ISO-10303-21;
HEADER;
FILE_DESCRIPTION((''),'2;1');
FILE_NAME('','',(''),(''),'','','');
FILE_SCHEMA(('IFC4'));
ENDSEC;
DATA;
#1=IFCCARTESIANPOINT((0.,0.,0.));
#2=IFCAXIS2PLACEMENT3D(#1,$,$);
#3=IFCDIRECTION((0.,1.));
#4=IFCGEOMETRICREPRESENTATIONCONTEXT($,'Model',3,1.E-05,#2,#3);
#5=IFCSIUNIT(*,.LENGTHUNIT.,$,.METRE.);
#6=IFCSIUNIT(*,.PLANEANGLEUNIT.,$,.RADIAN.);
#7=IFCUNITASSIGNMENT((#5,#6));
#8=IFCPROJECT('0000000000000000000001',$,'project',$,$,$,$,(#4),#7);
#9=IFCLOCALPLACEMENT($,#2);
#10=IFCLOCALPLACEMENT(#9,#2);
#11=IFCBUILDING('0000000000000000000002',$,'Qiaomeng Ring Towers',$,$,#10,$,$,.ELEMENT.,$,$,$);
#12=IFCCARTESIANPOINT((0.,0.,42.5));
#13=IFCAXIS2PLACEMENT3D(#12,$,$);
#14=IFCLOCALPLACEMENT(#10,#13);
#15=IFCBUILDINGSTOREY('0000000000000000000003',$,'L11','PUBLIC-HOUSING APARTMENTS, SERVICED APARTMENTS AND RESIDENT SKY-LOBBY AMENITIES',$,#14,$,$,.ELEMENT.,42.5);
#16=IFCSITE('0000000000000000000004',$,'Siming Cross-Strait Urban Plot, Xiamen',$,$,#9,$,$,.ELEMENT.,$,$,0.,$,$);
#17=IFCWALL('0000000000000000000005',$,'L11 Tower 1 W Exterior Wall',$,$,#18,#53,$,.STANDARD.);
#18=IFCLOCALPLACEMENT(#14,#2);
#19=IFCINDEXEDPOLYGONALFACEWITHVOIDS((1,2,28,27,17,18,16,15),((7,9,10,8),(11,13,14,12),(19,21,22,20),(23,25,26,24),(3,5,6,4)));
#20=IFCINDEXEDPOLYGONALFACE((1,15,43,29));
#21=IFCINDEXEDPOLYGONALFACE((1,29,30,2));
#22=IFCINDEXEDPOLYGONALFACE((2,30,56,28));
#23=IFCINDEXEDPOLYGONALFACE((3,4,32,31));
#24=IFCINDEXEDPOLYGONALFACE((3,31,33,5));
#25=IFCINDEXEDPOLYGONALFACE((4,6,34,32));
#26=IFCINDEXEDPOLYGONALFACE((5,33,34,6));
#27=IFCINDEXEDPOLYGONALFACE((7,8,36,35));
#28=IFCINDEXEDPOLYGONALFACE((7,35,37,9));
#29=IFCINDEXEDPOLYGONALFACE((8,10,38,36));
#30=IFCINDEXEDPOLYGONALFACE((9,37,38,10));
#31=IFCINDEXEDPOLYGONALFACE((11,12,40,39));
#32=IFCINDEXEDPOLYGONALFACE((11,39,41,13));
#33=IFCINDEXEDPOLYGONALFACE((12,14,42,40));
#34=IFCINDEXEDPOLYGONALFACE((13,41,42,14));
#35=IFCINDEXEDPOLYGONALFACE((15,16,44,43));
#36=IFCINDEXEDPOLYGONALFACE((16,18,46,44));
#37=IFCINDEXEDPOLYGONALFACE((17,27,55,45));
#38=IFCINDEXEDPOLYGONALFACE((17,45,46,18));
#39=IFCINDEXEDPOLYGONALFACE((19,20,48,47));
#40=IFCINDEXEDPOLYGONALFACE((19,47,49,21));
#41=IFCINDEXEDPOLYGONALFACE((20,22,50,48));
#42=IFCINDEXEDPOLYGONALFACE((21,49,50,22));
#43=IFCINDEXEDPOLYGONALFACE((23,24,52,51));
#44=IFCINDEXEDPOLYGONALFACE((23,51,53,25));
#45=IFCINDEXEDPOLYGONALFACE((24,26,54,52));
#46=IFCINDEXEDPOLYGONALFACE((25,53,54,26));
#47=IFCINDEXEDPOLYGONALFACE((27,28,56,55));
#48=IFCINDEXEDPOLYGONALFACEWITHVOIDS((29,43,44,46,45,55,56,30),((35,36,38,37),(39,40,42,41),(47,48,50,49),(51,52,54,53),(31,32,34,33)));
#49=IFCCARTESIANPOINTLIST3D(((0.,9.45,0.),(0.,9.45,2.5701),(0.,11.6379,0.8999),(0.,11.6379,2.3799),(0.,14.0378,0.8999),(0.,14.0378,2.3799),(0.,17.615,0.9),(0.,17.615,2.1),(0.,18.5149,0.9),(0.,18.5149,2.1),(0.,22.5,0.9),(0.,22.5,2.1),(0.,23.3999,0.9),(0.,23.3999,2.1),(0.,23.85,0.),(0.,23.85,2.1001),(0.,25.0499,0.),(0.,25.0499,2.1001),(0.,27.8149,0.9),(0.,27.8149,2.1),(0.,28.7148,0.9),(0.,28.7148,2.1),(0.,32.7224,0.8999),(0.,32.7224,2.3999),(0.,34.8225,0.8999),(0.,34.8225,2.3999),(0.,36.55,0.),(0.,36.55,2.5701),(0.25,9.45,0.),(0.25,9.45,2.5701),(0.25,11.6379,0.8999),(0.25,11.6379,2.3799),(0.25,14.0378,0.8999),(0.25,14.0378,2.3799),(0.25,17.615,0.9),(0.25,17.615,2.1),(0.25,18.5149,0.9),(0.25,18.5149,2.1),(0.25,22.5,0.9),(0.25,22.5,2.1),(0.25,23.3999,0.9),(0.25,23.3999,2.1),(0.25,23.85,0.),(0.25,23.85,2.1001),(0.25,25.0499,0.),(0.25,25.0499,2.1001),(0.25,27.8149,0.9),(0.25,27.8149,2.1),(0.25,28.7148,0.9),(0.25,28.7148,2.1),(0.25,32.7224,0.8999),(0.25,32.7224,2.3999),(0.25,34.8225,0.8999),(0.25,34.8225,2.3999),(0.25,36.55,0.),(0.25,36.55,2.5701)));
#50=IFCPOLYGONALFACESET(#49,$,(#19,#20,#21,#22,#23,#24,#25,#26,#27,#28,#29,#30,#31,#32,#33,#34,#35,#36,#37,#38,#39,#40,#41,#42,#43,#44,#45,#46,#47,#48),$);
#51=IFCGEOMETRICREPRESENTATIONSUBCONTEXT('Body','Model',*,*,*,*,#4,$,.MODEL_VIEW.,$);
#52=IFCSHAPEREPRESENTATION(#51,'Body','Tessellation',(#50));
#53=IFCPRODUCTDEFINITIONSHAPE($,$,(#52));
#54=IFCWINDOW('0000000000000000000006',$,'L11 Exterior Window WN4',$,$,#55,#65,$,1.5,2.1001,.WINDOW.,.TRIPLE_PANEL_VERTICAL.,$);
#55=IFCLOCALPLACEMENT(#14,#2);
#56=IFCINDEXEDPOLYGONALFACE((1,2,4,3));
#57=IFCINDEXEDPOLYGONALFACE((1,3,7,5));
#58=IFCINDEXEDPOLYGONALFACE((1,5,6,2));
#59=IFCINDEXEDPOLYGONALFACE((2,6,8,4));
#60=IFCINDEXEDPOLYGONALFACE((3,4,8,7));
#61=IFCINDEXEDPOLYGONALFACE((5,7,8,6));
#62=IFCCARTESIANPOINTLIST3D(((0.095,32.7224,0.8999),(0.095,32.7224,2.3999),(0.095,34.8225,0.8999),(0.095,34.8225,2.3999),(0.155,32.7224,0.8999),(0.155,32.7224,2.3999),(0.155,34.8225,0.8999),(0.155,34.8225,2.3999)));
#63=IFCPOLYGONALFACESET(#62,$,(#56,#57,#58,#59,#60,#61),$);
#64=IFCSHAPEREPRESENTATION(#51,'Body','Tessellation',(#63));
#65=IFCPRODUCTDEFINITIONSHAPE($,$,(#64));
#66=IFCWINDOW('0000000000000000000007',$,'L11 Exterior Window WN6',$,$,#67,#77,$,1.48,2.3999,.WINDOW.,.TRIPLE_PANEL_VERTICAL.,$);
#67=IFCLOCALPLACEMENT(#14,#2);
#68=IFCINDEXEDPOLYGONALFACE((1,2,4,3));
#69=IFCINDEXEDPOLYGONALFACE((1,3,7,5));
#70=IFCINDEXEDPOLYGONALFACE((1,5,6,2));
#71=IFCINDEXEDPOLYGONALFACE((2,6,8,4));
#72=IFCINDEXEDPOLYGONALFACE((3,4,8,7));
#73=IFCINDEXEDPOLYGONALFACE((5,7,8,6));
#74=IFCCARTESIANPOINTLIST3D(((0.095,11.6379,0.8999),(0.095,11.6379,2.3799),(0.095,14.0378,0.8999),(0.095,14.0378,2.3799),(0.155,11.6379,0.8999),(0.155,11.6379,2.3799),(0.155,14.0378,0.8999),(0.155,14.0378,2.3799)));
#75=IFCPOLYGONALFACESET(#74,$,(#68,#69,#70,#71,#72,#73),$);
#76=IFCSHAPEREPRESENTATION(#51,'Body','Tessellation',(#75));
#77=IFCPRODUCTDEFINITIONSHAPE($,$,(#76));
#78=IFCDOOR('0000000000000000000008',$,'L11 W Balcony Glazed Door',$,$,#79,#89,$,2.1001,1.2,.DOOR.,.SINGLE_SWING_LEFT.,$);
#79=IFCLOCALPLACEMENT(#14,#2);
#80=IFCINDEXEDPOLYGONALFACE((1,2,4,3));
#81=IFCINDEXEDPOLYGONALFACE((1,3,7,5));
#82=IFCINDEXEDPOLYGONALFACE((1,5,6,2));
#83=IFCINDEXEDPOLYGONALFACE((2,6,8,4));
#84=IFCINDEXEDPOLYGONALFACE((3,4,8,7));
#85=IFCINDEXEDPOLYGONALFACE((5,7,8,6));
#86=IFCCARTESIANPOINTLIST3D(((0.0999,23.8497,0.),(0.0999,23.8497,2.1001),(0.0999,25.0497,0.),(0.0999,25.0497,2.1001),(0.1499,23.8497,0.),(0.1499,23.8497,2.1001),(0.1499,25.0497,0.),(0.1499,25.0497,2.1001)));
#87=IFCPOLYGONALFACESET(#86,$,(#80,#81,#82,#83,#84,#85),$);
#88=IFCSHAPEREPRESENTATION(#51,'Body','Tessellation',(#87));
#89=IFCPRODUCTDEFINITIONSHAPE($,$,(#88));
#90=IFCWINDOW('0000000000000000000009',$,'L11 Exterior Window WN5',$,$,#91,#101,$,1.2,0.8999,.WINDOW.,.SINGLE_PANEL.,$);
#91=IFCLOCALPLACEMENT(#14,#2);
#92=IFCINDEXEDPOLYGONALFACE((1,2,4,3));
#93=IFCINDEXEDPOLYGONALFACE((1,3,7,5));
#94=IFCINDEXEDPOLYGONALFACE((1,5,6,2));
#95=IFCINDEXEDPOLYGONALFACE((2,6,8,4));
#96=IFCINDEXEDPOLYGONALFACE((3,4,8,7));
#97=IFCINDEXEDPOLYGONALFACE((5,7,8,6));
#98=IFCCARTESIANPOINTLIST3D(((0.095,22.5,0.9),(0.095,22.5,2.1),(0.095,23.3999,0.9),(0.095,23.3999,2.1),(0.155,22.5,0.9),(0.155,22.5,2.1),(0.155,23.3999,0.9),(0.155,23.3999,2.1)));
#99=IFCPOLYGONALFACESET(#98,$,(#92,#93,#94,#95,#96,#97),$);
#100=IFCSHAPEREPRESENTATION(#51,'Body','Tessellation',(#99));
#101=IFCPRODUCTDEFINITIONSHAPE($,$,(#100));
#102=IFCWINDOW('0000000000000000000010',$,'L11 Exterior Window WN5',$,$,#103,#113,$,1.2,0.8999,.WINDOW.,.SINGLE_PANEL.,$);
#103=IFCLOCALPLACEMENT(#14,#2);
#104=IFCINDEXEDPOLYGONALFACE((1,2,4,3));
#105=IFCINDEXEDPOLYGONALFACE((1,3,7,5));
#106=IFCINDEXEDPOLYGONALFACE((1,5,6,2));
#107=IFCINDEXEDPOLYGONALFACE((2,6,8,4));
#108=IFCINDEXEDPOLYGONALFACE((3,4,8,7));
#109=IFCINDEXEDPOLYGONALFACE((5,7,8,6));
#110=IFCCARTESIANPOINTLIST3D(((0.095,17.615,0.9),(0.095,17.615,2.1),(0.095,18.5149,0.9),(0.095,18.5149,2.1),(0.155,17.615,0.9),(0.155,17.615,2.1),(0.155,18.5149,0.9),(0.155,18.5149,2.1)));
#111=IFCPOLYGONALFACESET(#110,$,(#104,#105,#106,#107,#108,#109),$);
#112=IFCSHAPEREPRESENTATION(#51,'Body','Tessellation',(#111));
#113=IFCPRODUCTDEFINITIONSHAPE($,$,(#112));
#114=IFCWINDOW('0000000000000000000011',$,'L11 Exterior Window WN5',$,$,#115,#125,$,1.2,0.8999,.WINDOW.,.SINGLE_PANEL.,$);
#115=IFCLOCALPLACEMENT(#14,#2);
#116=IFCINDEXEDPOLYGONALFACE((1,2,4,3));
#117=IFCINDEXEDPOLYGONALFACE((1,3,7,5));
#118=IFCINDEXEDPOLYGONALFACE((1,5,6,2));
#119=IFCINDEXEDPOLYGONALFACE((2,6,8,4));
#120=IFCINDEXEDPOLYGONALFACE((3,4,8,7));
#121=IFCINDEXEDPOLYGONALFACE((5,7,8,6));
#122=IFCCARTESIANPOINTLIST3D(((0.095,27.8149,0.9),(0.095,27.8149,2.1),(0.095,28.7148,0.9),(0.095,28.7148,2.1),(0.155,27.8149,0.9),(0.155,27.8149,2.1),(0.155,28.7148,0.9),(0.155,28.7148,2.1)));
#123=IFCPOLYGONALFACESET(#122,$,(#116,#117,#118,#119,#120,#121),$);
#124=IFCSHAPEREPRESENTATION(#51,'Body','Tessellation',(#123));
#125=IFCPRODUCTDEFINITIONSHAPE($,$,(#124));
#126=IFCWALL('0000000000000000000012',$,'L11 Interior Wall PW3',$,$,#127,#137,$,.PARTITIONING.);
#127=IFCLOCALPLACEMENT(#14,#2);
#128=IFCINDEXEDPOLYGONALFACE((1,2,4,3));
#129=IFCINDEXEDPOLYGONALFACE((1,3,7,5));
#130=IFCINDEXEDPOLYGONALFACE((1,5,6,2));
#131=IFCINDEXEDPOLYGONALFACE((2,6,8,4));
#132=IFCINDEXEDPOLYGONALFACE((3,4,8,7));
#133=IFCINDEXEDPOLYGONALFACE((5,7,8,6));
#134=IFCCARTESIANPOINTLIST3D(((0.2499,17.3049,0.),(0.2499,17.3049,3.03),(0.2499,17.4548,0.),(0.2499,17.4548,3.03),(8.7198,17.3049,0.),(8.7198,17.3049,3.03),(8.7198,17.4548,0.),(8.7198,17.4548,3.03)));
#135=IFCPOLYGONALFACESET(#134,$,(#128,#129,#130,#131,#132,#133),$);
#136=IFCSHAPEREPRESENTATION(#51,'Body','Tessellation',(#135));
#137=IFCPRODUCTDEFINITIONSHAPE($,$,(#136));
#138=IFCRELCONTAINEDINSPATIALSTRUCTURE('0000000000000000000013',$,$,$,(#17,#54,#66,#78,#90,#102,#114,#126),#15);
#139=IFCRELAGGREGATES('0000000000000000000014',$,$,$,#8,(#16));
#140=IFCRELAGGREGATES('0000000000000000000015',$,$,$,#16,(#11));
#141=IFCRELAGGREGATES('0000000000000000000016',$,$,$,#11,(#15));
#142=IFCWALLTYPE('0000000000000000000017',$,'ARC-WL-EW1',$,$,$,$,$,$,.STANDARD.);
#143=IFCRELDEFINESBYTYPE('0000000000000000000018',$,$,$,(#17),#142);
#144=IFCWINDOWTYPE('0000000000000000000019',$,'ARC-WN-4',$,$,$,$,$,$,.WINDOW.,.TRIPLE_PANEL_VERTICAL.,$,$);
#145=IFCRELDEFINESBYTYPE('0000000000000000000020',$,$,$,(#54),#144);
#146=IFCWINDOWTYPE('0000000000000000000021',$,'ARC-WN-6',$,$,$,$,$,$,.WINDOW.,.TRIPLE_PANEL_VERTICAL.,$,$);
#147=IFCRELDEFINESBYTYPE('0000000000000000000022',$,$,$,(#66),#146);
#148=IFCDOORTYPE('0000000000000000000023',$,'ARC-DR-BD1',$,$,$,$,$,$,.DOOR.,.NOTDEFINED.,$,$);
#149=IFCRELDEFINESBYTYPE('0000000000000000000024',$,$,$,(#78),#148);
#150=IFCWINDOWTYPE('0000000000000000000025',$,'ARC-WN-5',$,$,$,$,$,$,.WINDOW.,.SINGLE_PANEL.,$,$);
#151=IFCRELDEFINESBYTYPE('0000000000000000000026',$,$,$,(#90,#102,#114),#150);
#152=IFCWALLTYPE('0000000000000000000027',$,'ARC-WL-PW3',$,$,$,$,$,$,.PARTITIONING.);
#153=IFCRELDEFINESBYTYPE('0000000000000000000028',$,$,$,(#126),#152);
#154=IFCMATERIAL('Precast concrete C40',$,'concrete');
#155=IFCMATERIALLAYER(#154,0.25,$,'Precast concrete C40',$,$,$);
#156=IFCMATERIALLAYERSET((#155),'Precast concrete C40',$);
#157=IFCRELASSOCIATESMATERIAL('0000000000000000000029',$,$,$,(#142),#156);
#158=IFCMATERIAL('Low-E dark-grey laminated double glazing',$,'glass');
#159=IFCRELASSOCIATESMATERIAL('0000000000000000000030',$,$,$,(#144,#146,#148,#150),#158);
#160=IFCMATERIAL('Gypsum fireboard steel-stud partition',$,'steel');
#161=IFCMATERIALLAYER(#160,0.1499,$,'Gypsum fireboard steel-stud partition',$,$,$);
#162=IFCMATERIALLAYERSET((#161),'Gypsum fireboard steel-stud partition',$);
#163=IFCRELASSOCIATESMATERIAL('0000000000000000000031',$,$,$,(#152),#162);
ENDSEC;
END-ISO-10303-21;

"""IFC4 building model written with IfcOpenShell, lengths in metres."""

from ifc_helpers import new_model, si_unit, direction, frame, frame_2d, origin, place, context, subcontext, project, spatial, rectangle, extrude, source, transform, mapped, material, layer, layer_set, type_object, element, fill, save


model = new_model("IFC4")

# Units and contexts
model_context = context("Model", 3, precision=1e-05, world=origin(), true_north=direction((0.0, 1.0)))
body_context = subcontext(model_context, "Body", "Model", "MODEL_VIEW")
ifc_project = project(units=[si_unit("LENGTHUNIT", "METRE"), si_unit("PLANEANGLEUNIT", "RADIAN")], contexts=[model_context])

# Site, building, storey
site_placement = place(None, origin())
site = spatial("IfcSite", under=ifc_project, at=site_placement, Name="Siming Cross-Strait Urban Plot, Xiamen", CompositionType="ELEMENT", RefElevation=0.0)
building_placement = place(site_placement, origin())
building = spatial("IfcBuilding", under=site, at=building_placement, Name="Qiaomeng Ring Towers", CompositionType="ELEMENT")
storey_placement = place(building_placement, frame((0.0, 0.0, 42.5)))
storey = spatial("IfcBuildingStorey", under=building, at=storey_placement, Name="L11", Description="PUBLIC-HOUSING APARTMENTS, SERVICED APARTMENTS AND RESIDENT SKY-LOBBY AMENITIES", CompositionType="ELEMENT", Elevation=42.5)

# Wall, openings, windows, door
ifc_material_1 = material(Name="Precast concrete C40", Category="concrete")
ifc_layer_1 = layer(ifc_material_1, 0.25, Name="Precast concrete C40")
ifc_layer_set_1 = layer_set([ifc_layer_1], Name="Precast concrete C40")
wall_type_1 = type_object("IfcWallType", Name="ARC-WL-EW1", PredefinedType="STANDARD", material=ifc_layer_set_1)
wall_1_placement = place(storey_placement, frame((0.125, 9.45, 0.0), z_axis=(0.0, 0.0, 1.0), x_axis=(0.0, 1.0, 0.0)))
wall_1 = element("IfcWall", 1, at=wall_1_placement, inside=storey, type_object=wall_type_1, Name="L11 Tower 1 W Exterior Wall", PredefinedType="STANDARD", context=body_context, shape_type="SweptSolid", body=[
    extrude(rectangle(XDim=27.1001, YDim=0.25, at=frame_2d((13.55, 0.0))), origin(), (0.0, 0.0, 1.0), 2.5701),
])
opening_1_placement = place(wall_1_placement, frame((14.3999, 0.0, 0.0)))
opening_1 = element("IfcOpeningElement", 2, at=opening_1_placement, cuts=wall_1, PredefinedType="OPENING", context=body_context, shape_type="SweptSolid", body=[
    extrude(rectangle(XDim=1.2, YDim=2.1001, at=frame_2d((0.6001, 1.05))), frame((0.0, 0.135, 0.0), z_axis=(0.0, -1.0, 0.0), x_axis=(1.0, 0.0, 0.0)), (0.0, 0.0, 1.0), 0.27),
])
opening_2_placement = place(wall_1_placement, frame((2.188, 0.0, 0.8999)))
opening_2 = element("IfcOpeningElement", 3, at=opening_2_placement, cuts=wall_1, PredefinedType="OPENING", context=body_context, shape_type="SweptSolid", body=[
    extrude(rectangle(XDim=2.3999, YDim=1.48, at=frame_2d((1.2, 0.74))), frame((0.0, 0.135, 0.0), z_axis=(0.0, -1.0, 0.0), x_axis=(1.0, 0.0, 0.0)), (0.0, 0.0, 1.0), 0.27),
])
opening_3_placement = place(wall_1_placement, frame((23.2725, 0.0, 0.8999)))
opening_3 = element("IfcOpeningElement", 4, at=opening_3_placement, cuts=wall_1, PredefinedType="OPENING", context=body_context, shape_type="SweptSolid", body=[
    extrude(rectangle(XDim=2.1001, YDim=1.5, at=frame_2d((1.05, 0.75))), frame((0.0, 0.135, 0.0), z_axis=(0.0, -1.0, 0.0), x_axis=(1.0, 0.0, 0.0)), (0.0, 0.0, 1.0), 0.27),
])
opening_4_placement = place(wall_1_placement, frame((13.05, 0.0, 0.8999)))
opening_4 = element("IfcOpeningElement", 5, at=opening_4_placement, cuts=wall_1, PredefinedType="OPENING", context=body_context, shape_type="SweptSolid", body=[
    extrude(rectangle(XDim=0.8999, YDim=1.2, at=frame_2d((0.45, 0.6001))), frame((0.0, 0.135, 0.0), z_axis=(0.0, -1.0, 0.0), x_axis=(1.0, 0.0, 0.0)), (0.0, 0.0, 1.0), 0.27),
])
opening_5_placement = place(wall_1_placement, frame((8.165, 0.0, 0.8999)))
opening_5 = element("IfcOpeningElement", 6, at=opening_5_placement, cuts=wall_1, PredefinedType="OPENING", context=body_context, shape_type="SweptSolid", body=[
    extrude(rectangle(XDim=0.8999, YDim=1.2, at=frame_2d((0.45, 0.6001))), frame((0.0, 0.135, 0.0), z_axis=(0.0, -1.0, 0.0), x_axis=(1.0, 0.0, 0.0)), (0.0, 0.0, 1.0), 0.27),
])
opening_6_placement = place(wall_1_placement, frame((18.365, 0.0, 0.8999)))
opening_6 = element("IfcOpeningElement", 7, at=opening_6_placement, cuts=wall_1, PredefinedType="OPENING", context=body_context, shape_type="SweptSolid", body=[
    extrude(rectangle(XDim=0.8999, YDim=1.2, at=frame_2d((0.45, 0.6001))), frame((0.0, 0.135, 0.0), z_axis=(0.0, -1.0, 0.0), x_axis=(1.0, 0.0, 0.0)), (0.0, 0.0, 1.0), 0.27),
])
ifc_material_2 = material(Name="Low-E dark-grey laminated double glazing", Category="glass")
window_type_1 = type_object("IfcWindowType", Name="ARC-WN-4", PartitioningType="TRIPLE_PANEL_VERTICAL", PredefinedType="WINDOW", material=ifc_material_2)
shared_shape_1 = source(origin(), body_context, "Body", "SweptSolid", [
    extrude(rectangle(XDim=2.1001, YDim=1.5, at=frame_2d((1.05, 0.75))), frame((0.0, 0.03, 0.0), z_axis=(0.0, -1.0, 0.0), x_axis=(1.0, 0.0, 0.0)), (0.0, 0.0, 1.0), 0.0601),
])
window_1_placement = place(opening_3_placement, origin())
window_1 = element("IfcWindow", 8, at=window_1_placement, inside=storey, type_object=window_type_1, Name="L11 Exterior Window WN4", OverallHeight=1.5, OverallWidth=2.1001, PartitioningType="TRIPLE_PANEL_VERTICAL", PredefinedType="WINDOW", context=body_context, shape_type="MappedRepresentation", body=[
    mapped(shared_shape_1, transform((0.0, 0.0, 0.0), x_axis=(1.0, 0.0, 0.0), y_axis=(0.0, 1.0, 0.0), z_axis=(0.0, 0.0, 1.0), scale=1.0)),
])
fill(opening_3, window_1)
window_type_2 = type_object("IfcWindowType", Name="ARC-WN-6", PartitioningType="TRIPLE_PANEL_VERTICAL", PredefinedType="WINDOW", material=ifc_material_2)
shared_shape_2 = source(origin(), body_context, "Body", "SweptSolid", [
    extrude(rectangle(XDim=2.3999, YDim=1.48, at=frame_2d((1.2, 0.74))), frame((0.0, 0.03, 0.0), z_axis=(0.0, -1.0, 0.0), x_axis=(1.0, 0.0, 0.0)), (0.0, 0.0, 1.0), 0.0601),
])
window_2_placement = place(opening_2_placement, origin())
window_2 = element("IfcWindow", 9, at=window_2_placement, inside=storey, type_object=window_type_2, Name="L11 Exterior Window WN6", OverallHeight=1.48, OverallWidth=2.3999, PartitioningType="TRIPLE_PANEL_VERTICAL", PredefinedType="WINDOW", context=body_context, shape_type="MappedRepresentation", body=[
    mapped(shared_shape_2, transform((0.0, 0.0, 0.0), x_axis=(1.0, 0.0, 0.0), y_axis=(0.0, 1.0, 0.0), z_axis=(0.0, 0.0, 1.0), scale=1.0)),
])
fill(opening_2, window_2)
door_type = type_object("IfcDoorType", Name="ARC-DR-BD1", OperationType="NOTDEFINED", PredefinedType="DOOR", material=ifc_material_2)
shared_shape_3 = source(origin(), body_context, "Body", "SweptSolid", [
    extrude(rectangle(XDim=1.2, YDim=2.1001, at=frame_2d((0.6001, 1.05))), frame((0.0, 0.0249, 0.0), z_axis=(0.0, -1.0, 0.0), x_axis=(1.0, 0.0, 0.0)), (0.0, 0.0, 1.0), 0.05),
])
door_placement = place(opening_1_placement, frame((1.2, 0.0, 0.0), z_axis=(0.0, 0.0, 1.0), x_axis=(-1.0, 0.0, 0.0)))
door = element("IfcDoor", 10, at=door_placement, inside=storey, type_object=door_type, Name="L11 W Balcony Glazed Door", OperationType="SINGLE_SWING_LEFT", OverallHeight=2.1001, OverallWidth=1.2, PredefinedType="DOOR", context=body_context, shape_type="MappedRepresentation", body=[
    mapped(shared_shape_3, transform((0.0, 0.0, 0.0), x_axis=(1.0, 0.0, 0.0), y_axis=(0.0, 1.0, 0.0), z_axis=(0.0, 0.0, 1.0), scale=1.0)),
])
fill(opening_1, door)
window_type_3 = type_object("IfcWindowType", Name="ARC-WN-5", PartitioningType="SINGLE_PANEL", PredefinedType="WINDOW", material=ifc_material_2)
shared_shape_4 = source(origin(), body_context, "Body", "SweptSolid", [
    extrude(rectangle(XDim=0.8999, YDim=1.2, at=frame_2d((0.45, 0.6001))), frame((0.0, 0.03, 0.0), z_axis=(0.0, -1.0, 0.0), x_axis=(1.0, 0.0, 0.0)), (0.0, 0.0, 1.0), 0.0601),
])
window_3_placement = place(opening_4_placement, origin())
window_3 = element("IfcWindow", 11, at=window_3_placement, inside=storey, type_object=window_type_3, Name="L11 Exterior Window WN5", OverallHeight=1.2, OverallWidth=0.8999, PartitioningType="SINGLE_PANEL", PredefinedType="WINDOW", context=body_context, shape_type="MappedRepresentation", body=[
    mapped(shared_shape_4, transform((0.0, 0.0, 0.0), x_axis=(1.0, 0.0, 0.0), y_axis=(0.0, 1.0, 0.0), z_axis=(0.0, 0.0, 1.0), scale=1.0)),
])
fill(opening_4, window_3)
window_4_placement = place(opening_5_placement, origin())
window_4 = element("IfcWindow", 12, at=window_4_placement, inside=storey, type_object=window_type_3, Name="L11 Exterior Window WN5", OverallHeight=1.2, OverallWidth=0.8999, PartitioningType="SINGLE_PANEL", PredefinedType="WINDOW", context=body_context, shape_type="MappedRepresentation", body=[
    mapped(shared_shape_4, transform((0.0, 0.0, 0.0), x_axis=(1.0, 0.0, 0.0), y_axis=(0.0, 1.0, 0.0), z_axis=(0.0, 0.0, 1.0), scale=1.0)),
])
fill(opening_5, window_4)
window_5_placement = place(opening_6_placement, origin())
window_5 = element("IfcWindow", 13, at=window_5_placement, inside=storey, type_object=window_type_3, Name="L11 Exterior Window WN5", OverallHeight=1.2, OverallWidth=0.8999, PartitioningType="SINGLE_PANEL", PredefinedType="WINDOW", context=body_context, shape_type="MappedRepresentation", body=[
    mapped(shared_shape_4, transform((0.0, 0.0, 0.0), x_axis=(1.0, 0.0, 0.0), y_axis=(0.0, 1.0, 0.0), z_axis=(0.0, 0.0, 1.0), scale=1.0)),
])
fill(opening_6, window_5)

# Wall
ifc_material_3 = material(Name="Gypsum fireboard steel-stud partition", Category="steel")
ifc_layer_2 = layer(ifc_material_3, 0.1499, Name="Gypsum fireboard steel-stud partition")
ifc_layer_set_2 = layer_set([ifc_layer_2], Name="Gypsum fireboard steel-stud partition")
wall_type_2 = type_object("IfcWallType", Name="ARC-WL-PW3", PredefinedType="PARTITIONING", material=ifc_layer_set_2)
wall_2_placement = place(storey_placement, frame((0.25, 17.3799, 0.0), z_axis=(0.0, 0.0, 1.0), x_axis=(1.0, 0.0, 0.0)))
element("IfcWall", 14, at=wall_2_placement, inside=storey, type_object=wall_type_2, Name="L11 Interior Wall PW3", PredefinedType="PARTITIONING", context=body_context, shape_type="SweptSolid", body=[
    extrude(rectangle(XDim=8.47, YDim=0.1499, at=frame_2d((4.2349, 0.0))), origin(), (0.0, 0.0, 1.0), 3.03),
])

save(model, "model.ifc")
